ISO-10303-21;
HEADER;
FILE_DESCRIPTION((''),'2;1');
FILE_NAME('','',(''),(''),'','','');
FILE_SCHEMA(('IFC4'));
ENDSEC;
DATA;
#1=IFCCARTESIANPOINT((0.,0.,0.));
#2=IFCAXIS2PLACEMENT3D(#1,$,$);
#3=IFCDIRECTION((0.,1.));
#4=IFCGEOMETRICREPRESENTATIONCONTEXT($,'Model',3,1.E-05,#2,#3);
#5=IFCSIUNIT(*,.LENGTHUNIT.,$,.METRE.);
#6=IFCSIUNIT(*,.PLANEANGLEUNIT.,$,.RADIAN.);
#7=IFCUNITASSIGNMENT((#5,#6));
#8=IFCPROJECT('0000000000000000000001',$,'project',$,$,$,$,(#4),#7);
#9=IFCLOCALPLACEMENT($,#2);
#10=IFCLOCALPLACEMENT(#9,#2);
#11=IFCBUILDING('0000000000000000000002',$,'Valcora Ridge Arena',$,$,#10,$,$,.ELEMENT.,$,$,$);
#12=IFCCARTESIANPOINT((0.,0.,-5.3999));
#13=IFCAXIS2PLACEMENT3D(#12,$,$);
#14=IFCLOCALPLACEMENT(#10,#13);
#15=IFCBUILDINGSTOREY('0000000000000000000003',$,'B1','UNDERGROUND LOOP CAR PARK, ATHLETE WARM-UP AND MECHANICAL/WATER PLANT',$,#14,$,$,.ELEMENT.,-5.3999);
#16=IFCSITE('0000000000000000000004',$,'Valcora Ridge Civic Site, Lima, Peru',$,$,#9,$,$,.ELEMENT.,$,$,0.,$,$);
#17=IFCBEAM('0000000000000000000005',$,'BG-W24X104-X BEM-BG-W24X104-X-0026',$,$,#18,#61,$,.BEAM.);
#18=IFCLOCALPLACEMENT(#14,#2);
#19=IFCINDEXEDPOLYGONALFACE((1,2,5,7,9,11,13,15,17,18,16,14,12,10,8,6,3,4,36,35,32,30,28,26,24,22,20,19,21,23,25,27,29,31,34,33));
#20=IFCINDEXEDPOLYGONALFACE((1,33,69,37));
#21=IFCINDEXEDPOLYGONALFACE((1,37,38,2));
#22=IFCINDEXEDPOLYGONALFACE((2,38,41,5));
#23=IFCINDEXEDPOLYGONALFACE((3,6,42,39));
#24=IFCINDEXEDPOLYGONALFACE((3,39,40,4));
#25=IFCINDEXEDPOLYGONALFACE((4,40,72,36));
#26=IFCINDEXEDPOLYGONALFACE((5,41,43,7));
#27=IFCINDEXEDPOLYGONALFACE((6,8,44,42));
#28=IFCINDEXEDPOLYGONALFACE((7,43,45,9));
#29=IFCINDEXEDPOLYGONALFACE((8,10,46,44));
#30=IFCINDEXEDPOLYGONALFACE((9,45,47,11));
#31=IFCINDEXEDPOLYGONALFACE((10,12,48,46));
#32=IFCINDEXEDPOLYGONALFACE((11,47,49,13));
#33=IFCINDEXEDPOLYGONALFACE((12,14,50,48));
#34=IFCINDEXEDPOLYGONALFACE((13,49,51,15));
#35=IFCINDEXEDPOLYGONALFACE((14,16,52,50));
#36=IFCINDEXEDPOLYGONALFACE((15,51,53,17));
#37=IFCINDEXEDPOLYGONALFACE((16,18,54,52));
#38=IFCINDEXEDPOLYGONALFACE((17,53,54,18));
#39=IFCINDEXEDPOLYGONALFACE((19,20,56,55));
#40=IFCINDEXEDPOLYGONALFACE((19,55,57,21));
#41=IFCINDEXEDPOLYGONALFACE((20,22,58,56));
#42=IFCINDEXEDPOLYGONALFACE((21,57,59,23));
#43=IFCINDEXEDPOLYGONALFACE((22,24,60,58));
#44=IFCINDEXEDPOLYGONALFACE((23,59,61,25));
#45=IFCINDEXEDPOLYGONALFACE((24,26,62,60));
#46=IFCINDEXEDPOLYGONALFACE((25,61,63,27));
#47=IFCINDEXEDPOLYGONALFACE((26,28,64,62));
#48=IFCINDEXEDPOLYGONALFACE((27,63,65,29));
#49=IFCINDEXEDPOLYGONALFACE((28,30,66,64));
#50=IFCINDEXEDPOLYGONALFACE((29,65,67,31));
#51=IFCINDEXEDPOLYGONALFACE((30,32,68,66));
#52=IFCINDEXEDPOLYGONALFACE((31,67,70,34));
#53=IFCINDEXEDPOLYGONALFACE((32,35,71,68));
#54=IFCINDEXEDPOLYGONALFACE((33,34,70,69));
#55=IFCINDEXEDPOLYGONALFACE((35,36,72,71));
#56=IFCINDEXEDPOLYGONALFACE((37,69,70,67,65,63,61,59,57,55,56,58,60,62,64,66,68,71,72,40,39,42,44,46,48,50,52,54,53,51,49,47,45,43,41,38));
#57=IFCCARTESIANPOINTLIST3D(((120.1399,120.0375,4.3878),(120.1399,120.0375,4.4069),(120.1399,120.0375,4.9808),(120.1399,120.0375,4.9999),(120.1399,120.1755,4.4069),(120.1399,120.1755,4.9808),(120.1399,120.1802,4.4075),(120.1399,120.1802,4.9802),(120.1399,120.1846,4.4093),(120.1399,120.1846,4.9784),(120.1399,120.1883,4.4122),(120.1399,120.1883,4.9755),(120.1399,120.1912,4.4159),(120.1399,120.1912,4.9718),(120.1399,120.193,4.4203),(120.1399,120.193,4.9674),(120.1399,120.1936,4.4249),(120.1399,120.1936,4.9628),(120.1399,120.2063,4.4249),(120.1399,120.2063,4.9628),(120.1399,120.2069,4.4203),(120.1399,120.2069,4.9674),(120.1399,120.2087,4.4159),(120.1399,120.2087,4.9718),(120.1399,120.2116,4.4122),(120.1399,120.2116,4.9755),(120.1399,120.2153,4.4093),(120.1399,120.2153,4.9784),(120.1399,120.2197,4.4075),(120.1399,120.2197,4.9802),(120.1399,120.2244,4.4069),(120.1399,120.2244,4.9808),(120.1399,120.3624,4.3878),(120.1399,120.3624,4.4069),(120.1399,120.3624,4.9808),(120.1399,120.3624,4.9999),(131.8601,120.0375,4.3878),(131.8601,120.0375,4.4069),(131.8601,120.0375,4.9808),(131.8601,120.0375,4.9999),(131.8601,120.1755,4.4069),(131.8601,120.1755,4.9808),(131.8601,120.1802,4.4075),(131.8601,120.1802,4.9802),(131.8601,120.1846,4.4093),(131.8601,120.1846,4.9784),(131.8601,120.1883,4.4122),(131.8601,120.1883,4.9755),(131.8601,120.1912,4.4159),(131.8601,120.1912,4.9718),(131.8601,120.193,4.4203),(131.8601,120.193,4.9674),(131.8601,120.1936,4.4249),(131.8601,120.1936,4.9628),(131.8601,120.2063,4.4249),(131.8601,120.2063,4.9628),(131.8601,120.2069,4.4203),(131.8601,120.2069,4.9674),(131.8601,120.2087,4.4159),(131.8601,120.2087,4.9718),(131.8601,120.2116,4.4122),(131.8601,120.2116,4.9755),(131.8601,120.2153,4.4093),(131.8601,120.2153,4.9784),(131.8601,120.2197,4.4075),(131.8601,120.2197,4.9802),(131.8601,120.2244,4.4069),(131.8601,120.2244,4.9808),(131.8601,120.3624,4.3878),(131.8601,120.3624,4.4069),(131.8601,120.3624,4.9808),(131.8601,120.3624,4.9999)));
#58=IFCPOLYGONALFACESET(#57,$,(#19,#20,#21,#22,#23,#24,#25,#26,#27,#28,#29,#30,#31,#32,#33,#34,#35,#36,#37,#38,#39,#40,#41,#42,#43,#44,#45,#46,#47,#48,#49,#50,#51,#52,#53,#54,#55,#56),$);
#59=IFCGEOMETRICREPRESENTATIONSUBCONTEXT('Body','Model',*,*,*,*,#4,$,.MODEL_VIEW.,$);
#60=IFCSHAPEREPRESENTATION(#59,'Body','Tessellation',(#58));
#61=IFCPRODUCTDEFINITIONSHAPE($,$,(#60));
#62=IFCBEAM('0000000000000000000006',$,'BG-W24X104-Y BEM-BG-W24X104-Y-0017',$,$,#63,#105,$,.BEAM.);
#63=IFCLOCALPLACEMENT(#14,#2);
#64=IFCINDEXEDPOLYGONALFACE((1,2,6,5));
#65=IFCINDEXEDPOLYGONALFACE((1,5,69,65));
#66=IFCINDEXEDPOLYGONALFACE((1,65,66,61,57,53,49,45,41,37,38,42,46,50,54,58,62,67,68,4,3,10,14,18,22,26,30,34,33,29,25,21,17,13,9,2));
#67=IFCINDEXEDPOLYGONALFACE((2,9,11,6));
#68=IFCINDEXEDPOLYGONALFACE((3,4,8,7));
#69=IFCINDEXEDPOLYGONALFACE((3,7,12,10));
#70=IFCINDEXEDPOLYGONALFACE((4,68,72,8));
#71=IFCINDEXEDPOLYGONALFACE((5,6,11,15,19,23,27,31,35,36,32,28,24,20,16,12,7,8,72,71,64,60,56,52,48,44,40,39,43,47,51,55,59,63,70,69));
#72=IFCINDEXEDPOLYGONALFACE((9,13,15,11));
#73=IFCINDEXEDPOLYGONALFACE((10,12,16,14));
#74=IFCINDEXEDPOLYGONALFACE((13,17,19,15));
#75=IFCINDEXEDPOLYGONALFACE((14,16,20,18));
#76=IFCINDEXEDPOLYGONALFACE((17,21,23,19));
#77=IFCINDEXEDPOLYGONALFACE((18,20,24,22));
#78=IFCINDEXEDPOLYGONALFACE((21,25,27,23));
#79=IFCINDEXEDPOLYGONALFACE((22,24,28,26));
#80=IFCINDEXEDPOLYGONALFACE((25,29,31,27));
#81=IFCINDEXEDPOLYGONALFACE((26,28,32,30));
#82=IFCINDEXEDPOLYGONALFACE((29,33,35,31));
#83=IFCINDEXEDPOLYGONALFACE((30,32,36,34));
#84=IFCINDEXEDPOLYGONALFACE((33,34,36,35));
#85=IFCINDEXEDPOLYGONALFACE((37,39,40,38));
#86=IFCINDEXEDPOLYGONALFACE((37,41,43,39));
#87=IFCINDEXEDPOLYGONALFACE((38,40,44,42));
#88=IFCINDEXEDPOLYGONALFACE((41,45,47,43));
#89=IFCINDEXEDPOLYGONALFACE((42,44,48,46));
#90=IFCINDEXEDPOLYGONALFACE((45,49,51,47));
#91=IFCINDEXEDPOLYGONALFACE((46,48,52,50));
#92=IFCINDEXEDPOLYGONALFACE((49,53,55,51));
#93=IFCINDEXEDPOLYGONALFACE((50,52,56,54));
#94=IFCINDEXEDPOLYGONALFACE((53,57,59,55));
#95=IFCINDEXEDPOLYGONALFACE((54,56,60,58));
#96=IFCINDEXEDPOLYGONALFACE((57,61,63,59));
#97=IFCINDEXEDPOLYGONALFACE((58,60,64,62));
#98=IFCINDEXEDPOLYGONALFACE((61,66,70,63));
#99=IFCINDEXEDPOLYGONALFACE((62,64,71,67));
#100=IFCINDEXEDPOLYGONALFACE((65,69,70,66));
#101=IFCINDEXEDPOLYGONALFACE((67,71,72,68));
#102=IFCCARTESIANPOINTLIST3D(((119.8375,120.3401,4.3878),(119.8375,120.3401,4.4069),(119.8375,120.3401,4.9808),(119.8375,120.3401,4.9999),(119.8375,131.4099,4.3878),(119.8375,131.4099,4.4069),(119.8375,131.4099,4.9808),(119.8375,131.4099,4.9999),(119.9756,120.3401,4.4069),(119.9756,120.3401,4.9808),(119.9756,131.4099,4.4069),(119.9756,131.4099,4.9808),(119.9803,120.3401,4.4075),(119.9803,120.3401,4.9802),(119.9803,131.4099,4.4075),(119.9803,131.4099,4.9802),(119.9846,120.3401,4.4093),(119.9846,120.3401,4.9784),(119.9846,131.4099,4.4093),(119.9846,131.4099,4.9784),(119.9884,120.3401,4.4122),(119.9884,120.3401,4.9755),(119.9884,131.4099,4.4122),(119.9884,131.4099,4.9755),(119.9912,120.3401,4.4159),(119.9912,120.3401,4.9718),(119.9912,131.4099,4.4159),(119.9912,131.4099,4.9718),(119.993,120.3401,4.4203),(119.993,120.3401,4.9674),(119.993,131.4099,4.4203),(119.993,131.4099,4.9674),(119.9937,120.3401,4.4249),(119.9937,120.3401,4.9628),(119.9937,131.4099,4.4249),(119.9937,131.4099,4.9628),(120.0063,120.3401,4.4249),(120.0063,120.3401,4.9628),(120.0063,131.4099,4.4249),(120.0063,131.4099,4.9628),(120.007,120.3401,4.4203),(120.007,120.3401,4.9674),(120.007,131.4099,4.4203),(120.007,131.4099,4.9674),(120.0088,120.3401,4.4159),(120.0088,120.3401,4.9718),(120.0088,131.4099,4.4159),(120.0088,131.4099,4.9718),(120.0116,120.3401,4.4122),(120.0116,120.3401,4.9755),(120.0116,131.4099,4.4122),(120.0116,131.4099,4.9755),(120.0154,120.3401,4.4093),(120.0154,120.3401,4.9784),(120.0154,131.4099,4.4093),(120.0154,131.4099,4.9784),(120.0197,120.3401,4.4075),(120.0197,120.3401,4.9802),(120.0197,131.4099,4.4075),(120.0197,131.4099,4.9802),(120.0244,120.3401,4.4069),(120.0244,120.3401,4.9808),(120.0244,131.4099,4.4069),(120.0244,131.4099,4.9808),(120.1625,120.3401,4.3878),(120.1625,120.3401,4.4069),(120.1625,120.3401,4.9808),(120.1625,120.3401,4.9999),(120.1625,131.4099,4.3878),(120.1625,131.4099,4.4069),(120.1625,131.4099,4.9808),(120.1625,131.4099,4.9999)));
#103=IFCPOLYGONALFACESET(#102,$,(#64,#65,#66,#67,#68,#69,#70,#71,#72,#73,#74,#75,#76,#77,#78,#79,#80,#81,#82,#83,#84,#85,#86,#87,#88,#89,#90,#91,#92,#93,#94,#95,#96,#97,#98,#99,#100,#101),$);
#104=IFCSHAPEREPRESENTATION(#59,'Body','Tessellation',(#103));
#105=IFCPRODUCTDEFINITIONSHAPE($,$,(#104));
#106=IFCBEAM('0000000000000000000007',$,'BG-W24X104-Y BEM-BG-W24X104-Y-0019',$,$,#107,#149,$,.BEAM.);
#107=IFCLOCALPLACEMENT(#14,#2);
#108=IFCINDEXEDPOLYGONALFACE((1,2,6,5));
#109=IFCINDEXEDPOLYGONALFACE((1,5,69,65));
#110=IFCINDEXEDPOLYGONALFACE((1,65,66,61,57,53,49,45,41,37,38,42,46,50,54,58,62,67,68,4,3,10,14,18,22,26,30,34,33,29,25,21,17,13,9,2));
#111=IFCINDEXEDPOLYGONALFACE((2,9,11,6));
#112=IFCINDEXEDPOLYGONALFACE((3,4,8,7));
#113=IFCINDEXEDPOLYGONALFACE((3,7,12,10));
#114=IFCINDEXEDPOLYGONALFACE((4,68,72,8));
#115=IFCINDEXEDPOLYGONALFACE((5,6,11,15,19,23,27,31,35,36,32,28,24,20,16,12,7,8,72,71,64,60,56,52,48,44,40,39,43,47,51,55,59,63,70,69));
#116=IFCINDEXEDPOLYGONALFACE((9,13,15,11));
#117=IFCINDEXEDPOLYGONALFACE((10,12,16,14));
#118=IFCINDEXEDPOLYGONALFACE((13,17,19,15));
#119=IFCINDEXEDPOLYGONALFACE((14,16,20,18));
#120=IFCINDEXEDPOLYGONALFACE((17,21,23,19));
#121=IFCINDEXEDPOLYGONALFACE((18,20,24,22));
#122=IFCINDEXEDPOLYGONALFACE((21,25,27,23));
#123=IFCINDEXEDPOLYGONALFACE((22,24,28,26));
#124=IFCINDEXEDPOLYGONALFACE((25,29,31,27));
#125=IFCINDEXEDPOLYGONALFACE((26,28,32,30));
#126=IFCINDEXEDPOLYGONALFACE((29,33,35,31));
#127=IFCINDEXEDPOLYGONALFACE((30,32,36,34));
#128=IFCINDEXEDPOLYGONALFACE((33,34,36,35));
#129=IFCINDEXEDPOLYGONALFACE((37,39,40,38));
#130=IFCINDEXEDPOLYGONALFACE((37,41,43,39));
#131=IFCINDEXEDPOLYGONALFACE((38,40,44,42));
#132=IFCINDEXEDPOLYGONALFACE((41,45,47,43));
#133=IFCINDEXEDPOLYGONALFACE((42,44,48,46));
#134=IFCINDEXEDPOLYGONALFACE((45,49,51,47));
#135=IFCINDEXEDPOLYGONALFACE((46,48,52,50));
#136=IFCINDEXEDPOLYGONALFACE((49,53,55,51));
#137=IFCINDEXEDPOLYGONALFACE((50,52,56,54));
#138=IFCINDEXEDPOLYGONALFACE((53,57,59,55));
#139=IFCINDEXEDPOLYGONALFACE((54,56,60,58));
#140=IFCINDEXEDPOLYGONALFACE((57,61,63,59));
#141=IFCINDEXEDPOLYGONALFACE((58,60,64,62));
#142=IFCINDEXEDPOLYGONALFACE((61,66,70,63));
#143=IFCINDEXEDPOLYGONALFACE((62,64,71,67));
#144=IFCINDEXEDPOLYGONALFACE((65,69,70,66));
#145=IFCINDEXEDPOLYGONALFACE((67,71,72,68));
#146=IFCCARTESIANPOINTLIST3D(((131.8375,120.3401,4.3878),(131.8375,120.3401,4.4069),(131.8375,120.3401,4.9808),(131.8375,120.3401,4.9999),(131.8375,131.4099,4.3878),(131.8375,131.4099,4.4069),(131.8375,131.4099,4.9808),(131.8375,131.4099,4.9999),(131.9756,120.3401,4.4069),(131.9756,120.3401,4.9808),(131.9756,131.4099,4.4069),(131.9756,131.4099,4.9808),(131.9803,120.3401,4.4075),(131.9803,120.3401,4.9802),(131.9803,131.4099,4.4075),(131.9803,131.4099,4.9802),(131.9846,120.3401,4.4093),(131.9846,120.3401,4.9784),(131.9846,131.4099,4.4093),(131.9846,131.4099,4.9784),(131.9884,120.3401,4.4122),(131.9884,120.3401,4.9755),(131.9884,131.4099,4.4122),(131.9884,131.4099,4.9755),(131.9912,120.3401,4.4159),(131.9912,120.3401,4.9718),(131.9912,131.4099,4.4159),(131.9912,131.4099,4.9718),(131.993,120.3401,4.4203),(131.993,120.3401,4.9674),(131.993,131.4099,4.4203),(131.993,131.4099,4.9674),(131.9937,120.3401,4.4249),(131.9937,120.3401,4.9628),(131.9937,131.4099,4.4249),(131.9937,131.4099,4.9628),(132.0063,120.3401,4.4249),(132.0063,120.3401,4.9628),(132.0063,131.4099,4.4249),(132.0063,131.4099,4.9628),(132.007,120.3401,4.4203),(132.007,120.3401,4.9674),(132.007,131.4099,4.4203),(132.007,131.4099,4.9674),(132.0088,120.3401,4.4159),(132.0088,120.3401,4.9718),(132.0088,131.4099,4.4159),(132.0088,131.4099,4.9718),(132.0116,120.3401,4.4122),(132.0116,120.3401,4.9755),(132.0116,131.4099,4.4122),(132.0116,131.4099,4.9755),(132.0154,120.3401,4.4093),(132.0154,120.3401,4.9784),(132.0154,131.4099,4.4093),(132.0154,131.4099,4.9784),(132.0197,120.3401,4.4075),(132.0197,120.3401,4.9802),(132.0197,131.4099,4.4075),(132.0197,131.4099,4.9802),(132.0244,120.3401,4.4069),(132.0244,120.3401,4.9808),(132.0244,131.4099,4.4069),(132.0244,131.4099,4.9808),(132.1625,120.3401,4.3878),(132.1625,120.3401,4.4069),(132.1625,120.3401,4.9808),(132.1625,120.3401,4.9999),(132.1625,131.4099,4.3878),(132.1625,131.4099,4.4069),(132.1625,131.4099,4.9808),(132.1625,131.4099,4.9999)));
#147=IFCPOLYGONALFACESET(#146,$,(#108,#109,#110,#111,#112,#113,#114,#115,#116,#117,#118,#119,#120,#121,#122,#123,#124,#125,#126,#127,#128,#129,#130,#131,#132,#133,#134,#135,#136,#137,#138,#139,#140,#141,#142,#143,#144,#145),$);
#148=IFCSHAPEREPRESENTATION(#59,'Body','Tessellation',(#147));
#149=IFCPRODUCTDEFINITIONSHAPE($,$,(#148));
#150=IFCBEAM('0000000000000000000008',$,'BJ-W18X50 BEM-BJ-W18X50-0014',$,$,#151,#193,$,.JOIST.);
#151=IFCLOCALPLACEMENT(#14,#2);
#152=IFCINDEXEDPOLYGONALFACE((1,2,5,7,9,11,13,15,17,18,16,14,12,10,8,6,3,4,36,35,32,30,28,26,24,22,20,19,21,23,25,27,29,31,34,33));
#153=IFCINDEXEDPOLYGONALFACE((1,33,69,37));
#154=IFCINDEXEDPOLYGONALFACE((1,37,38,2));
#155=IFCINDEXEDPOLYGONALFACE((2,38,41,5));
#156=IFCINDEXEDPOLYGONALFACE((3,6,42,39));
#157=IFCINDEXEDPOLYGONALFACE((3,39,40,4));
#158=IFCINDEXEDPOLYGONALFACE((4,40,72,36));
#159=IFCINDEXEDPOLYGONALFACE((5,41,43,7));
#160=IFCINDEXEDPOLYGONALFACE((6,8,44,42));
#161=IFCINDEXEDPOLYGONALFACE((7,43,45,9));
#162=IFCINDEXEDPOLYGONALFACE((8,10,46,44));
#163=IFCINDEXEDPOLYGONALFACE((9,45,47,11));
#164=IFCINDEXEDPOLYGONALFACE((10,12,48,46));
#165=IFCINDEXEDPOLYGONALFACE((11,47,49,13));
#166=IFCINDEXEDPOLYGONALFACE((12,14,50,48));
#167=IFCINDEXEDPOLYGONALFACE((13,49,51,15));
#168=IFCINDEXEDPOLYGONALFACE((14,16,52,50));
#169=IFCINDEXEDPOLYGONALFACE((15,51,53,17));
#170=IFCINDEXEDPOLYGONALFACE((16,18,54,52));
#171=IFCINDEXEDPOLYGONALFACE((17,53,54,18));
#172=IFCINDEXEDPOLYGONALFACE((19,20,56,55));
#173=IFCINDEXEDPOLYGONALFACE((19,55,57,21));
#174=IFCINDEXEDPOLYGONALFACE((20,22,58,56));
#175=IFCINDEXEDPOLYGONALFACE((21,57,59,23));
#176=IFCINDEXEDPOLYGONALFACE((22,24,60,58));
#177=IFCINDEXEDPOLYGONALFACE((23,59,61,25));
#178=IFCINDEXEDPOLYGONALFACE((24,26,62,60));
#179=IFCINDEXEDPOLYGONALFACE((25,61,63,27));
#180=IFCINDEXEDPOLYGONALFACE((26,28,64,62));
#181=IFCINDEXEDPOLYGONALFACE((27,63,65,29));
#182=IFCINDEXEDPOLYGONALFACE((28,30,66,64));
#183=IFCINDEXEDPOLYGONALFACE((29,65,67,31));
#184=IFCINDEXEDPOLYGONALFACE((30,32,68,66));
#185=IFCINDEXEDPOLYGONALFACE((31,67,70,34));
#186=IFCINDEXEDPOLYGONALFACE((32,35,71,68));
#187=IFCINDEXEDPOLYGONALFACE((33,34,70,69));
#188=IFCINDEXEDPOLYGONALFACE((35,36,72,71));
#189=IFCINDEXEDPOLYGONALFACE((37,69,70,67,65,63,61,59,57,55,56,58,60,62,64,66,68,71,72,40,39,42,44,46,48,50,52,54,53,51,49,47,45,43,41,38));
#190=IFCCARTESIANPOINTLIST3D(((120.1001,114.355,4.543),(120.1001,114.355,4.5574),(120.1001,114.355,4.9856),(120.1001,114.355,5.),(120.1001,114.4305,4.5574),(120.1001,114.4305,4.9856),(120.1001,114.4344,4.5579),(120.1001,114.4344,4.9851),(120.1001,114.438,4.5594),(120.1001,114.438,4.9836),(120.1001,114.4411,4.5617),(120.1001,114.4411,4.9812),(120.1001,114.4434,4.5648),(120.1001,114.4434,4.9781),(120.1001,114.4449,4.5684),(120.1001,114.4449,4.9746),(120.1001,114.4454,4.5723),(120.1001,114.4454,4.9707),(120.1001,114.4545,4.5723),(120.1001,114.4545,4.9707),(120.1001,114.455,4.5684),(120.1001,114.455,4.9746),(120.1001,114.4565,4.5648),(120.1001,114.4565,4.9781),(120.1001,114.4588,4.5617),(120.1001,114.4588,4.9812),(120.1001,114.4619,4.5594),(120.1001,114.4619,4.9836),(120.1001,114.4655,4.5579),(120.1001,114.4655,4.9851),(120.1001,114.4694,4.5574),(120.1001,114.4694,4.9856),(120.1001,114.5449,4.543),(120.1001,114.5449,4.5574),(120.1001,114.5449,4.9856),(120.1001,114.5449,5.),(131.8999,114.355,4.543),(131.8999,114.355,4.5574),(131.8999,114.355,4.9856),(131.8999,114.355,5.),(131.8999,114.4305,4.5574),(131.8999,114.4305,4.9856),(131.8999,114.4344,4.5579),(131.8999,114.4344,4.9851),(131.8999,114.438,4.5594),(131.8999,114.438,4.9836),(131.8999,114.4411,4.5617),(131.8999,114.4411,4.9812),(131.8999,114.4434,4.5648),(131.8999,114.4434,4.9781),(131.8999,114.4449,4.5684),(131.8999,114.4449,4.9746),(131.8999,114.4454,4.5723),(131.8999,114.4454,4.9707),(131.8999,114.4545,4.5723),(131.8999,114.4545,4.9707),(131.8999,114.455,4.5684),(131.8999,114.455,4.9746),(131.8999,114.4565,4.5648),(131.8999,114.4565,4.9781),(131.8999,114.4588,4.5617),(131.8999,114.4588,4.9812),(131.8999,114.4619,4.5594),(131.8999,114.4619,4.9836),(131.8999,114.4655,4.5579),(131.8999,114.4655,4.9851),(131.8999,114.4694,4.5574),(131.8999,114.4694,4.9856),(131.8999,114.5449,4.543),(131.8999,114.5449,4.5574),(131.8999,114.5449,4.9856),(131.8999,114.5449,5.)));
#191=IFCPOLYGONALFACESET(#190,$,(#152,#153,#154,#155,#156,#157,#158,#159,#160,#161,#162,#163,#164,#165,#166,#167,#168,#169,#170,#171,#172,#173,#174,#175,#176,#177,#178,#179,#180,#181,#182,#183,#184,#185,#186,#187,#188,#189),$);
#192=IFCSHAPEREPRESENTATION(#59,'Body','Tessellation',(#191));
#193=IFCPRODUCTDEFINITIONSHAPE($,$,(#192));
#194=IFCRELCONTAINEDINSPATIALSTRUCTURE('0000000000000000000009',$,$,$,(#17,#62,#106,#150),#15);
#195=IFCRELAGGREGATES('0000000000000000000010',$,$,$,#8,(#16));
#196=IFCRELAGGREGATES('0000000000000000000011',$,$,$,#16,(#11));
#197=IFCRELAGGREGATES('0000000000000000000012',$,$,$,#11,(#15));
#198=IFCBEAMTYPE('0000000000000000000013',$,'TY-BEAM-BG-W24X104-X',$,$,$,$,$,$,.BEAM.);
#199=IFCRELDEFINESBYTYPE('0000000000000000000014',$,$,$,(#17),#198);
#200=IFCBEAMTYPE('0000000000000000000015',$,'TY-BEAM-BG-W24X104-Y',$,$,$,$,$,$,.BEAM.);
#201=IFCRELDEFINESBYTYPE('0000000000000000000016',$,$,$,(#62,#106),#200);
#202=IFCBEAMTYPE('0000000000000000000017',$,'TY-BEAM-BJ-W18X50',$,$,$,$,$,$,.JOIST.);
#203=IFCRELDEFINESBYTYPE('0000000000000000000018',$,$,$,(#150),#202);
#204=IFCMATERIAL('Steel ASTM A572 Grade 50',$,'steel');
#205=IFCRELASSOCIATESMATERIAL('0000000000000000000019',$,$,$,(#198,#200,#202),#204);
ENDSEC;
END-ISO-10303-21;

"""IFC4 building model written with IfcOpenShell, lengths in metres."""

from ifc_helpers import new_model, si_unit, direction, frame, origin, origin_2d, place, context, subcontext, project, spatial, i_section, extrude, material, material_profile, profile_set, type_object, element, save


model = new_model("IFC4")

# Units and contexts
model_context = context("Model", 3, precision=1e-05, world=origin(), true_north=direction((0.0, 1.0)))
body_context = subcontext(model_context, "Body", "Model", "MODEL_VIEW")
ifc_project = project(units=[si_unit("LENGTHUNIT", "METRE"), si_unit("PLANEANGLEUNIT", "RADIAN")], contexts=[model_context])

# Site, building, storey
site_placement = place(None, origin())
site = spatial("IfcSite", under=ifc_project, at=site_placement, Name="Valcora Ridge Civic Site, Lima, Peru", CompositionType="ELEMENT", RefElevation=0.0)
building_placement = place(site_placement, origin())
building = spatial("IfcBuilding", under=site, at=building_placement, Name="Valcora Ridge Arena", CompositionType="ELEMENT")
storey_placement = place(building_placement, frame((0.0, 0.0, -5.3999)))
storey = spatial("IfcBuildingStorey", under=building, at=storey_placement, Name="B1", Description="UNDERGROUND LOOP CAR PARK, ATHLETE WARM-UP AND MECHANICAL/WATER PLANT", CompositionType="ELEMENT", Elevation=-5.3999)

# Beams
ifc_material_1 = material(Name="Steel ASTM A572 Grade 50", Category="steel")
ifc_material_profile_1 = material_profile(ifc_material_1, i_section(OverallWidth=0.325, OverallDepth=0.6121, WebThickness=0.0127, FlangeThickness=0.019, FilletRadius=0.0181, at=origin_2d()), Name="W24X104")
ifc_profile_set_1 = profile_set([ifc_material_profile_1], Name="Steel ASTM A572 Grade 50")
beam_type_1 = type_object("IfcBeamType", Name="TY-BEAM-BG-W24X104-X", PredefinedType="BEAM", material=ifc_profile_set_1)
beam_placement = place(storey_placement, frame((120.1399, 120.2, 4.6938), z_axis=(1.0, 0.0, 0.0), x_axis=(0.0, 1.0, 0.0)))
element("IfcBeam", 1, at=beam_placement, inside=storey, type_object=beam_type_1, Name="BG-W24X104-X BEM-BG-W24X104-X-0026", PredefinedType="BEAM", context=body_context, shape_type="SweptSolid", body=[
    extrude(i_section(OverallWidth=0.325, OverallDepth=0.6121, WebThickness=0.0127, FlangeThickness=0.019, FilletRadius=0.0181, at=origin_2d()), origin(), (0.0, 0.0, 1.0), 11.7202),
])
ifc_material_profile_2 = material_profile(ifc_material_1, i_section(OverallWidth=0.325, OverallDepth=0.6121, WebThickness=0.0127, FlangeThickness=0.019, FilletRadius=0.0181, at=origin_2d()), Name="W24X104")
ifc_profile_set_2 = profile_set([ifc_material_profile_2], Name="Steel ASTM A572 Grade 50")
beam_type_2 = type_object("IfcBeamType", Name="TY-BEAM-BG-W24X104-Y", PredefinedType="BEAM", material=ifc_profile_set_2)
for number, where, z_axis, x_axis, name in (
    (2, (120.0, 120.3401, 4.6938), (0.0, 1.0, 0.0), (-1.0, 0.0, 0.0), "BG-W24X104-Y BEM-BG-W24X104-Y-0017"),
    (3, (132.0, 120.3401, 4.6938), (0.0, 1.0, 0.0), (-1.0, 0.0, 0.0), "BG-W24X104-Y BEM-BG-W24X104-Y-0019"),
):
    element("IfcBeam", number, at=place(storey_placement, frame(where, z_axis=z_axis, x_axis=x_axis)), inside=storey, type_object=beam_type_2, Name=name, PredefinedType="BEAM", context=body_context, shape_type="SweptSolid", body=[
        extrude(i_section(OverallWidth=0.325, OverallDepth=0.6121, WebThickness=0.0127, FlangeThickness=0.019, FilletRadius=0.0181, at=origin_2d()), origin(), (0.0, 0.0, 1.0), 11.0698),
    ])
ifc_material_profile_3 = material_profile(ifc_material_1, i_section(OverallWidth=0.1899, OverallDepth=0.457, WebThickness=0.009, FlangeThickness=0.0144, FilletRadius=0.0149, at=origin_2d()), Name="W18X50")
ifc_profile_set_3 = profile_set([ifc_material_profile_3], Name="Steel ASTM A572 Grade 50")
beam_type_3 = type_object("IfcBeamType", Name="TY-BEAM-BJ-W18X50", PredefinedType="JOIST", material=ifc_profile_set_3)
for number, where, z_axis, x_axis, name in (
    (4, (120.1001, 114.45, 4.7715), (1.0, 0.0, 0.0), (0.0, 1.0, 0.0), "BJ-W18X50 BEM-BJ-W18X50-0014"),
):
    element("IfcBeam", number, at=place(storey_placement, frame(where, z_axis=z_axis, x_axis=x_axis)), inside=storey, type_object=beam_type_3, Name=name, PredefinedType="JOIST", context=body_context, shape_type="SweptSolid", body=[
        extrude(i_section(OverallWidth=0.1899, OverallDepth=0.457, WebThickness=0.009, FlangeThickness=0.0144, FilletRadius=0.0149, at=origin_2d()), origin(), (0.0, 0.0, 1.0), 11.7998),
    ])

save(model, "model.ifc")
